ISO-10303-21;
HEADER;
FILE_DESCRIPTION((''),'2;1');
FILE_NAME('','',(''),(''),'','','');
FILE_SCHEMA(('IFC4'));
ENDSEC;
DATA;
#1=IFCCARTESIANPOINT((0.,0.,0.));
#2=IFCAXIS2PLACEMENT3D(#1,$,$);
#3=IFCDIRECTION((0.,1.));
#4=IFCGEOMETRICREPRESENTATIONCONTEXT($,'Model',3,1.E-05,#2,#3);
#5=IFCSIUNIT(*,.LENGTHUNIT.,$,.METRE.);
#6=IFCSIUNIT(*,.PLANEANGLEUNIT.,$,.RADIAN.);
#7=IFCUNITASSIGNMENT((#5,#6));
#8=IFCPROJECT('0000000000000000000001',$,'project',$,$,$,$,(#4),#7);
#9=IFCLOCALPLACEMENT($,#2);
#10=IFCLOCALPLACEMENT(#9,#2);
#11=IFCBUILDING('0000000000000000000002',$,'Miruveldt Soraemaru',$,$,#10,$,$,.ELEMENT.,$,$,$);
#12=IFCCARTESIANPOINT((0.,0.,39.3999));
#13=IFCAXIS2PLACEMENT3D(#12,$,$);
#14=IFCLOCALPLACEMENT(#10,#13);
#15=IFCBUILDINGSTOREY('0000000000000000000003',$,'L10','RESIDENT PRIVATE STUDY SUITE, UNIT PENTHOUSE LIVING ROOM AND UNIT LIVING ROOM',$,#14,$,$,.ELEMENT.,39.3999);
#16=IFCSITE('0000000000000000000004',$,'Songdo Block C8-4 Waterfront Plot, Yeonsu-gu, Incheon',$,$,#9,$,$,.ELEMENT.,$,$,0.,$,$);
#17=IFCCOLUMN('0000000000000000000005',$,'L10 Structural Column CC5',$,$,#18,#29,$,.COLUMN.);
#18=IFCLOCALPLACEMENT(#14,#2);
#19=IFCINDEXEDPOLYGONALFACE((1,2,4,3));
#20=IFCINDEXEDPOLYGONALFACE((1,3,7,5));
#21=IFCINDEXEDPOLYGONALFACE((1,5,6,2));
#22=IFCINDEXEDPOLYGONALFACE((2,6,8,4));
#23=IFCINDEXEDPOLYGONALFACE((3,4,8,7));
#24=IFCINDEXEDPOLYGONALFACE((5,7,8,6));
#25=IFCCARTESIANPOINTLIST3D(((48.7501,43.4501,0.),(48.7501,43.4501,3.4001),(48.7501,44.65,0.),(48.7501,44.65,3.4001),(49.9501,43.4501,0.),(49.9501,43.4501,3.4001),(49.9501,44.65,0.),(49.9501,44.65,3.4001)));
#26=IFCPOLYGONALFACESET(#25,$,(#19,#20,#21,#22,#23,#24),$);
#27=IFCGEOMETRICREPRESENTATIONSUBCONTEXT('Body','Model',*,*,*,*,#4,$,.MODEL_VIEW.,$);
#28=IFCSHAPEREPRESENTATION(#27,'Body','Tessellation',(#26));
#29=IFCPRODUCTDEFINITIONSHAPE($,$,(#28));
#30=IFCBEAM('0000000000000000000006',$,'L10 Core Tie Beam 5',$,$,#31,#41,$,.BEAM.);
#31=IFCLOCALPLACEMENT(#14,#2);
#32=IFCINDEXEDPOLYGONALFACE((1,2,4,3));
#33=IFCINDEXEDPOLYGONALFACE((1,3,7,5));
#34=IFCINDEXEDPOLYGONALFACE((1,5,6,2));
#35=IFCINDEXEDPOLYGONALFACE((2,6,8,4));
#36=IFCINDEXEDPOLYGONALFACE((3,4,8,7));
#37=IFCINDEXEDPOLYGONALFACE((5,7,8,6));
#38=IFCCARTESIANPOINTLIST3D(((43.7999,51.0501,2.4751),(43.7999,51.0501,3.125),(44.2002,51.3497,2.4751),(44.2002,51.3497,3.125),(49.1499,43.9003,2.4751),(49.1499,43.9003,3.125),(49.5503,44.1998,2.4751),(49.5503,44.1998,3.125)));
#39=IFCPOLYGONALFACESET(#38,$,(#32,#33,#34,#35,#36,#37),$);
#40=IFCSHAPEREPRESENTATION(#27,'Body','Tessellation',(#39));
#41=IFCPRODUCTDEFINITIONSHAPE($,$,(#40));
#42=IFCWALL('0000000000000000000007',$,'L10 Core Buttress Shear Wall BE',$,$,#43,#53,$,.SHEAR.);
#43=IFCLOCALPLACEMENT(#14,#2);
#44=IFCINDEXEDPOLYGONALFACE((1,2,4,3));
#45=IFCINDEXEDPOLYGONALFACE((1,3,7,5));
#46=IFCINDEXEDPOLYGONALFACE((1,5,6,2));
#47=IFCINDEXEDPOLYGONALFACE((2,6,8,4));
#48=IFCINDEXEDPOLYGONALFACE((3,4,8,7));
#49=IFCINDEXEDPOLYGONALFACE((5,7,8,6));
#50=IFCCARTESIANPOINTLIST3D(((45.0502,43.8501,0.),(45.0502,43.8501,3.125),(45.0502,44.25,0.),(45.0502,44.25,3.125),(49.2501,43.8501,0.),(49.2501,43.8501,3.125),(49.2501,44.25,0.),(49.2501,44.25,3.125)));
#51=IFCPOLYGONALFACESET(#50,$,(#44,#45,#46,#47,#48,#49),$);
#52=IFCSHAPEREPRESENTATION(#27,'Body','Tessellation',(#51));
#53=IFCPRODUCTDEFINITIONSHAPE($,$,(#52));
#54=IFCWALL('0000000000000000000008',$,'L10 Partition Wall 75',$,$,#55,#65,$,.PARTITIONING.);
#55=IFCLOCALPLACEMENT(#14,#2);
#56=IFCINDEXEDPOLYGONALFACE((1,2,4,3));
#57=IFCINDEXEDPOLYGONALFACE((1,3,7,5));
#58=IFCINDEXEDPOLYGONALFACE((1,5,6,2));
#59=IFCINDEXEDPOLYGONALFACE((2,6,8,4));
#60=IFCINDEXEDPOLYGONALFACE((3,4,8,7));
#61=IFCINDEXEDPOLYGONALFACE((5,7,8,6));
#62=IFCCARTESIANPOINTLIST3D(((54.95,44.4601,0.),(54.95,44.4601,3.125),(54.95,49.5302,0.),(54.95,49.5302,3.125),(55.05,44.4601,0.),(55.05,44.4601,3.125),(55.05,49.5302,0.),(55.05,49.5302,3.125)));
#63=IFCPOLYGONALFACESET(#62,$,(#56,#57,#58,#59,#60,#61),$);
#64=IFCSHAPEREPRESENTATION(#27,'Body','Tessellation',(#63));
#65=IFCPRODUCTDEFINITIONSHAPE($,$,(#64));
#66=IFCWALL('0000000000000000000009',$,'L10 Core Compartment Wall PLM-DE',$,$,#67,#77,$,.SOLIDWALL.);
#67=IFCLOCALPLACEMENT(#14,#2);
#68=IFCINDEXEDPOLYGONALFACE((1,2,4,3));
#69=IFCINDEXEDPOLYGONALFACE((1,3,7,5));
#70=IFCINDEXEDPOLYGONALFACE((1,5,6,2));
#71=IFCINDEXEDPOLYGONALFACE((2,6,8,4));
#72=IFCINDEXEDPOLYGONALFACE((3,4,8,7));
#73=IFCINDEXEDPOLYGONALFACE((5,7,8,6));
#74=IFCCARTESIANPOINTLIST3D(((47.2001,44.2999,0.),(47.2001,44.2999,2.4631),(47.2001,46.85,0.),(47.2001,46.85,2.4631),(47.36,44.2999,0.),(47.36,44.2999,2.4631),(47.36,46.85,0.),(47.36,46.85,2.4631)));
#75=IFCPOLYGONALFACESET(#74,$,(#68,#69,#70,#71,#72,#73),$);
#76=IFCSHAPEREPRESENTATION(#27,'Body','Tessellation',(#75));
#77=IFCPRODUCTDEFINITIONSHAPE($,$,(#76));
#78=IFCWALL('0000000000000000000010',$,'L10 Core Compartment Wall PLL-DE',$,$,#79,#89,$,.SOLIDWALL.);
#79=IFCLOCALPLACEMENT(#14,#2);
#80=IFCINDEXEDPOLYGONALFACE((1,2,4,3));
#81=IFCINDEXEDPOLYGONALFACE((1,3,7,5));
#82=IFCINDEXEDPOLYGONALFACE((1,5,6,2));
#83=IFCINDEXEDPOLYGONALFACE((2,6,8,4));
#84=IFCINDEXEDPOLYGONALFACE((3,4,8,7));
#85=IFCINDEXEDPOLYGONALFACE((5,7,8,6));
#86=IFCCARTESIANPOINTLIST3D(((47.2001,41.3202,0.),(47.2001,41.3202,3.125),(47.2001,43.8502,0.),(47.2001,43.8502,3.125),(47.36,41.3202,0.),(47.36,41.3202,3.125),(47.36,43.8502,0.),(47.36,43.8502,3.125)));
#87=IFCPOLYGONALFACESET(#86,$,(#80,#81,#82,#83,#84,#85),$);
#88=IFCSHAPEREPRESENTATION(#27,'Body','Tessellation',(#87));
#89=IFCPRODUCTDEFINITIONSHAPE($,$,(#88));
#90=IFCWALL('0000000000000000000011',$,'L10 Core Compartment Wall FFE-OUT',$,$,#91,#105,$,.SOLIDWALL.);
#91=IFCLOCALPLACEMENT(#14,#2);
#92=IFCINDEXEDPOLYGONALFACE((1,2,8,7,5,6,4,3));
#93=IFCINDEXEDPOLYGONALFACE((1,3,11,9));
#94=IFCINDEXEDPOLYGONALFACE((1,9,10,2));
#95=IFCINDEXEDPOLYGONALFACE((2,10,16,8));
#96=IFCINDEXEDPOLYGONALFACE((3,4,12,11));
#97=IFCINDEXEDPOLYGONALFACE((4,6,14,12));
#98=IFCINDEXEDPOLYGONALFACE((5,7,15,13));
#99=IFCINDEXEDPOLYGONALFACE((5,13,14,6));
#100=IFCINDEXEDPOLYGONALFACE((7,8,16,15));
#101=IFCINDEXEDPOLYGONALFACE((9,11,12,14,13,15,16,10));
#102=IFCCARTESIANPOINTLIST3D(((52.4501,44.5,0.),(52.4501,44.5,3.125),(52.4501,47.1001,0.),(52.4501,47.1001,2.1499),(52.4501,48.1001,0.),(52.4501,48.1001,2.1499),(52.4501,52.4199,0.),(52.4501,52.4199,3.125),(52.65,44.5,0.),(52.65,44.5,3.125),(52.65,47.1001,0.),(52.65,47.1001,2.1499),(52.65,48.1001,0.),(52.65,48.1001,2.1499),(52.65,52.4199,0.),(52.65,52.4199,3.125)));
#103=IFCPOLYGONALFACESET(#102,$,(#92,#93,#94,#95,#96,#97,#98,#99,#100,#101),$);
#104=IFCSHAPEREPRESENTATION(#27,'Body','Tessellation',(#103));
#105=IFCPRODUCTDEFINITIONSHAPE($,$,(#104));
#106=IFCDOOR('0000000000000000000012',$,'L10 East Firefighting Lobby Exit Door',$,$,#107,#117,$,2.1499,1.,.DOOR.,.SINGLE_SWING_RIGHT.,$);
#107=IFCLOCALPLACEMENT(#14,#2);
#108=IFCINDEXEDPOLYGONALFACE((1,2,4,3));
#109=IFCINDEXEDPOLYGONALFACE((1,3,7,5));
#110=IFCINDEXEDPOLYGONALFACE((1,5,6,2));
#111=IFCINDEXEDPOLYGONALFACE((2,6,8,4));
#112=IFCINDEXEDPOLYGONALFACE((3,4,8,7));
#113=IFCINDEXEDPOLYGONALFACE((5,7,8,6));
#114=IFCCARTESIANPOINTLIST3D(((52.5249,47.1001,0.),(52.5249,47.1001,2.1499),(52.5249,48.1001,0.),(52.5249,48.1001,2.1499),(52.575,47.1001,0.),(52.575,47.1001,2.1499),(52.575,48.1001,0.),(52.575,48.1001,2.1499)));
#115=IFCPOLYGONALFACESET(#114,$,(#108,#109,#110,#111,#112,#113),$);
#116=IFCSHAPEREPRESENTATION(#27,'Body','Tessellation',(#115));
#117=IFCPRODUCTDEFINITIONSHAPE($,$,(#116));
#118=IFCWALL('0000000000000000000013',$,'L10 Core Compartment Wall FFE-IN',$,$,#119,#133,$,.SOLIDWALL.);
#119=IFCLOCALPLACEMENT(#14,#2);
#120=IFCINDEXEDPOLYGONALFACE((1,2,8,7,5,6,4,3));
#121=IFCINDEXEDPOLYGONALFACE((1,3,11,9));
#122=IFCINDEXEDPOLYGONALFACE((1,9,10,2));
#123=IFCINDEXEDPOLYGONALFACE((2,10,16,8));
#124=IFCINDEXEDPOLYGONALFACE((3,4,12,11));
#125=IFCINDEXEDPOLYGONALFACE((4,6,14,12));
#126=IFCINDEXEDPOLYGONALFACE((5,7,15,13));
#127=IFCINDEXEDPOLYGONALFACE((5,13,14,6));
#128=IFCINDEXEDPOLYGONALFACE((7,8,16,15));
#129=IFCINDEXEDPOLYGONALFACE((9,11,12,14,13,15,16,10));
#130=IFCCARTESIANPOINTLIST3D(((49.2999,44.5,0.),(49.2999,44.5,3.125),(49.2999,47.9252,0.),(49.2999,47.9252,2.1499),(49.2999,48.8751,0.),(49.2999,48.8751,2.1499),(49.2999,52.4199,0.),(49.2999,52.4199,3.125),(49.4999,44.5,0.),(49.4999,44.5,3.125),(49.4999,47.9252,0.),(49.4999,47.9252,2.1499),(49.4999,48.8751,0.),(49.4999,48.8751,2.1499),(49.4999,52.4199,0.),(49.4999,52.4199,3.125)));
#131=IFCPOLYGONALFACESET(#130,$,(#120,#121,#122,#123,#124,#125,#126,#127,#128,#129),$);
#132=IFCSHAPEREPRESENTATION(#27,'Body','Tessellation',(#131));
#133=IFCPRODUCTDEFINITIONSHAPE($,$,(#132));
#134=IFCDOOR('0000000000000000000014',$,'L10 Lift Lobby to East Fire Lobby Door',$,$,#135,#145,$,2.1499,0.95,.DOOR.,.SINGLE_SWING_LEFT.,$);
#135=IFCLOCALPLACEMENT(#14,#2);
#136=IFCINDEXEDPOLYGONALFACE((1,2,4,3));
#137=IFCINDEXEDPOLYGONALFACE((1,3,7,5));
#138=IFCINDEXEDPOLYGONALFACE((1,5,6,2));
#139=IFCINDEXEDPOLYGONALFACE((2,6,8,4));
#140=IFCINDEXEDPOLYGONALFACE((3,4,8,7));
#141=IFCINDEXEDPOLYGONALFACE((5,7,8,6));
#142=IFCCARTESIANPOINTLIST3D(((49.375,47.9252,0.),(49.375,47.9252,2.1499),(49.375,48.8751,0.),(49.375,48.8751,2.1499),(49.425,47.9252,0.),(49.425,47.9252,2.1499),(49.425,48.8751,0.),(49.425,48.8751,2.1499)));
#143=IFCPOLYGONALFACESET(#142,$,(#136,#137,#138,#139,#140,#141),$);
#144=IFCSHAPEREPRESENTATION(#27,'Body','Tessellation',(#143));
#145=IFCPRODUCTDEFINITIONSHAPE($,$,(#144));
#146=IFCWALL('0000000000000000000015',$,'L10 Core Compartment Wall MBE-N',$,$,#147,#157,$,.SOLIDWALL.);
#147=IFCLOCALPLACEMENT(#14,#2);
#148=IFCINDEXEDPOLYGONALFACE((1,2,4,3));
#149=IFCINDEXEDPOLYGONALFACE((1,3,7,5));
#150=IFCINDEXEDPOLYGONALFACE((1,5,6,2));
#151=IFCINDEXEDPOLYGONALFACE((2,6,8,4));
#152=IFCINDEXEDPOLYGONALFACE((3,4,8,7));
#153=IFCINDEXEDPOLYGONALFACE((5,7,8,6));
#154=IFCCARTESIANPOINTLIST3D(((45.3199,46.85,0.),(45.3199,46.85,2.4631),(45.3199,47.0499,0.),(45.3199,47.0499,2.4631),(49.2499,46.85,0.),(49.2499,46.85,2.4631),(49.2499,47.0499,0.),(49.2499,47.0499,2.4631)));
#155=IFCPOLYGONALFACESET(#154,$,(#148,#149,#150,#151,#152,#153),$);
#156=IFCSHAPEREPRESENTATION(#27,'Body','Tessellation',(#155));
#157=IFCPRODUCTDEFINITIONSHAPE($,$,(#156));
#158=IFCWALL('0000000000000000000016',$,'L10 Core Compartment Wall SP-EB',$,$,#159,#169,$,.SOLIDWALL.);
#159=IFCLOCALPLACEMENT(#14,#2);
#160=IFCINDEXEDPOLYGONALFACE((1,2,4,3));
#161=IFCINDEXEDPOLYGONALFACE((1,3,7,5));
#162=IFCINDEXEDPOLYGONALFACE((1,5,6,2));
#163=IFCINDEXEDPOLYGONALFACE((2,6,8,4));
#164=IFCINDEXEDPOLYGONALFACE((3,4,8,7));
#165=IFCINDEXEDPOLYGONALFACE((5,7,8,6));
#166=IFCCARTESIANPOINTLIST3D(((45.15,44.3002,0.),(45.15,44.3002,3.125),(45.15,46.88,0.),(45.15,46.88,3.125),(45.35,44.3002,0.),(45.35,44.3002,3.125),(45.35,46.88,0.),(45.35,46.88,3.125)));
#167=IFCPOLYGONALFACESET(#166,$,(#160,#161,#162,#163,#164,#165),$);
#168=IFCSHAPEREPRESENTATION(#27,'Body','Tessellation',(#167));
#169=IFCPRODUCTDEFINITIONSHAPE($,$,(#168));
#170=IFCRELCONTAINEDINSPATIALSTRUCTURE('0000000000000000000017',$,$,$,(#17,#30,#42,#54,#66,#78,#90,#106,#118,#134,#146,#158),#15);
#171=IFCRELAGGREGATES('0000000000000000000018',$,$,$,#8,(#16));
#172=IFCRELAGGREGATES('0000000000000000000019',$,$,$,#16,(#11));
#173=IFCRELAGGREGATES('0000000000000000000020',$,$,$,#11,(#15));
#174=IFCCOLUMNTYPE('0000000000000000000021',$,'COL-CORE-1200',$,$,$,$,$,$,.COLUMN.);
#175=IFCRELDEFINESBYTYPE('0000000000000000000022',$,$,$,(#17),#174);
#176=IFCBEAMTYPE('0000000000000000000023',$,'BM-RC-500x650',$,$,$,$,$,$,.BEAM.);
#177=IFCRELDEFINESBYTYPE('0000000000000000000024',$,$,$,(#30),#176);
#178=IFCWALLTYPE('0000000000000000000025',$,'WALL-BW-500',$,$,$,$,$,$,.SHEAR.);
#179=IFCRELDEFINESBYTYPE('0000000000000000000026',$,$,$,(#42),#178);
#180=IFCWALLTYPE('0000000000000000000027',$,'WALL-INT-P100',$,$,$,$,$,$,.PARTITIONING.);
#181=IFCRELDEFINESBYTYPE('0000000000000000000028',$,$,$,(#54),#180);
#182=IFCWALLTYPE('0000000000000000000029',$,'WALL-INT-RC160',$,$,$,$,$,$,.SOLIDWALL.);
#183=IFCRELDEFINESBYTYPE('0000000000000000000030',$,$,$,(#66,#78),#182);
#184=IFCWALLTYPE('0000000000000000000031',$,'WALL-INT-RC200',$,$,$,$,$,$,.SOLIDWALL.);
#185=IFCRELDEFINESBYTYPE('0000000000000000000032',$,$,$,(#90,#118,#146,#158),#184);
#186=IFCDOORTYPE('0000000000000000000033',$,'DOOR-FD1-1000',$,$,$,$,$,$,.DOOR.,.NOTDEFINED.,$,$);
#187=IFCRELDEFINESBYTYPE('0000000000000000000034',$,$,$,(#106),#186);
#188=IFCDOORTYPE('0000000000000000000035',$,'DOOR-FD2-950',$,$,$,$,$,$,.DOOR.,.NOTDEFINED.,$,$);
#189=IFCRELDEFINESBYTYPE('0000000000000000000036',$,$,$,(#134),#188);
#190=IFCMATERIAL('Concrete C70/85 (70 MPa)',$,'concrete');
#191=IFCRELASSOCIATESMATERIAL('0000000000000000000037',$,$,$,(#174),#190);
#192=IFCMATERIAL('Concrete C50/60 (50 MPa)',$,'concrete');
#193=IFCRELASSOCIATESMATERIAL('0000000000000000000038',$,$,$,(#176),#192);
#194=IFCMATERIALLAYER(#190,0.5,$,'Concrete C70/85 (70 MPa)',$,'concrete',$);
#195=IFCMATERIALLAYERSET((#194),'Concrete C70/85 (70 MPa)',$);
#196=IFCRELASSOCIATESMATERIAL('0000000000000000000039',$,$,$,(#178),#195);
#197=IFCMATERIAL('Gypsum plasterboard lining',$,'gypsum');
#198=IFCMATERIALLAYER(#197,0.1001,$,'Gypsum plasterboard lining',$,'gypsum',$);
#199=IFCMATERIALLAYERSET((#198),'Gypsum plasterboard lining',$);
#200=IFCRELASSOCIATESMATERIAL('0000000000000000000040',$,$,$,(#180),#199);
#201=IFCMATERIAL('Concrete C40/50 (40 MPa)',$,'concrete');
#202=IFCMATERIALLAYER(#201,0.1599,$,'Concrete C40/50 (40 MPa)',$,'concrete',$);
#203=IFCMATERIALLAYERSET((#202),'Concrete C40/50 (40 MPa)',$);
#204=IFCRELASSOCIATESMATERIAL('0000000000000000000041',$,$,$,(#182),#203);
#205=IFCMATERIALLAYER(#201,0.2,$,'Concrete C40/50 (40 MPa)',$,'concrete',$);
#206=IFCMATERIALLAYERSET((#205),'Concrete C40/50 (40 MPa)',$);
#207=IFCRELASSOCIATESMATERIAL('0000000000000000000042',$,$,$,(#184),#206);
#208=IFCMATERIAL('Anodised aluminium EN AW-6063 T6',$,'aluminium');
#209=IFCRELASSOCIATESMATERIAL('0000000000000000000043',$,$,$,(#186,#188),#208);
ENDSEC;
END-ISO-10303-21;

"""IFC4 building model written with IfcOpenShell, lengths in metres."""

from ifc_helpers import new_model, si_unit, direction, frame, frame_2d, origin, origin_2d, place, context, subcontext, project, spatial, rectangle, extrude, material, layer, layer_set, material_profile, profile_set, type_object, element, fill, save


model = new_model("IFC4")

# Units and contexts
model_context = context("Model", 3, precision=1e-05, world=origin(), true_north=direction((0.0, 1.0)))
body_context = subcontext(model_context, "Body", "Model", "MODEL_VIEW")
ifc_project = project(units=[si_unit("LENGTHUNIT", "METRE"), si_unit("PLANEANGLEUNIT", "RADIAN")], contexts=[model_context])

# Site, building, storey
site_placement = place(None, origin())
site = spatial("IfcSite", under=ifc_project, at=site_placement, Name="Songdo Block C8-4 Waterfront Plot, Yeonsu-gu, Incheon", CompositionType="ELEMENT", RefElevation=0.0)
building_placement = place(site_placement, origin())
building = spatial("IfcBuilding", under=site, at=building_placement, Name="Miruveldt Soraemaru", CompositionType="ELEMENT")
storey_placement = place(building_placement, frame((0.0, 0.0, 39.3999)))
storey = spatial("IfcBuildingStorey", under=building, at=storey_placement, Name="L10", Description="RESIDENT PRIVATE STUDY SUITE, UNIT PENTHOUSE LIVING ROOM AND UNIT LIVING ROOM", CompositionType="ELEMENT", Elevation=39.3999)

# Column
ifc_material_1 = material(Name="Concrete C70/85 (70 MPa)", Category="concrete")
ifc_material_profile_1 = material_profile(ifc_material_1, rectangle(XDim=1.2, YDim=1.2, at=origin_2d()), Name="Concrete C70/85 (70 MPa)", Category="concrete")
ifc_profile_set_1 = profile_set([ifc_material_profile_1], Name="Concrete C70/85 (70 MPa)")
column_type = type_object("IfcColumnType", Name="COL-CORE-1200", PredefinedType="COLUMN", material=ifc_profile_set_1)
column_placement = place(storey_placement, frame((49.3501, 44.05, 0.0), z_axis=(0.0, 0.0, 1.0), x_axis=(1.0, 0.0, 0.0)))
element("IfcColumn", 1, at=column_placement, inside=storey, type_object=column_type, Name="L10 Structural Column CC5", PredefinedType="COLUMN", context=body_context, shape_type="SweptSolid", body=[
    extrude(rectangle(XDim=1.2, YDim=1.2, at=origin_2d()), origin(), (0.0, 0.0, 1.0), 3.4001),
])

# Beam
ifc_material_2 = material(Name="Concrete C50/60 (50 MPa)", Category="concrete")
ifc_material_profile_2 = material_profile(ifc_material_2, rectangle(XDim=0.5, YDim=0.6499, at=origin_2d()), Name="Concrete C50/60 (50 MPa)", Category="concrete")
ifc_profile_set_2 = profile_set([ifc_material_profile_2], Name="Concrete C50/60 (50 MPa)")
beam_type = type_object("IfcBeamType", Name="BM-RC-500x650", PredefinedType="BEAM", material=ifc_profile_set_2)
beam_placement = place(storey_placement, frame((49.3501, 44.05, 2.8), z_axis=(-0.599116, 0.800662, 0.0), x_axis=(-0.800662, -0.599116, 0.0)))
element("IfcBeam", 2, at=beam_placement, inside=storey, type_object=beam_type, Name="L10 Core Tie Beam 5", PredefinedType="BEAM", context=body_context, shape_type="SweptSolid", body=[
    extrude(rectangle(XDim=0.5, YDim=0.6499, at=origin_2d()), origin(), (0.0, 0.0, 1.0), 8.9299),
])

# Walls
ifc_layer_1 = layer(ifc_material_1, 0.5, Name="Concrete C70/85 (70 MPa)", Category="concrete")
ifc_layer_set_1 = layer_set([ifc_layer_1], Name="Concrete C70/85 (70 MPa)")
wall_type_1 = type_object("IfcWallType", Name="WALL-BW-500", PredefinedType="SHEAR", material=ifc_layer_set_1)
wall_1_placement = place(storey_placement, frame((45.05, 44.05, 0.0), z_axis=(0.0, 0.0, 1.0), x_axis=(1.0, 0.0, 0.0)))
element("IfcWall", 3, at=wall_1_placement, inside=storey, type_object=wall_type_1, Name="L10 Core Buttress Shear Wall BE", PredefinedType="SHEAR", context=body_context, shape_type="SweptSolid", body=[
    extrude(rectangle(XDim=4.2, YDim=0.3999, at=frame_2d((2.1001, 0.0))), origin(), (0.0, 0.0, 1.0), 3.125),
])
ifc_material_3 = material(Name="Gypsum plasterboard lining", Category="gypsum")
ifc_layer_2 = layer(ifc_material_3, 0.1001, Name="Gypsum plasterboard lining", Category="gypsum")
ifc_layer_set_2 = layer_set([ifc_layer_2], Name="Gypsum plasterboard lining")
wall_type_2 = type_object("IfcWallType", Name="WALL-INT-P100", PredefinedType="PARTITIONING", material=ifc_layer_set_2)
wall_2_placement = place(storey_placement, frame((55.0, 44.46, 0.0), z_axis=(0.0, 0.0, 1.0), x_axis=(0.0, 1.0, 0.0)))
element("IfcWall", 4, at=wall_2_placement, inside=storey, type_object=wall_type_2, Name="L10 Partition Wall 75", PredefinedType="PARTITIONING", context=body_context, shape_type="SweptSolid", body=[
    extrude(rectangle(XDim=5.0701, YDim=0.1001, at=frame_2d((2.5352, 0.0))), origin(), (0.0, 0.0, 1.0), 3.125),
])
ifc_material_4 = material(Name="Concrete C40/50 (40 MPa)", Category="concrete")
ifc_layer_3 = layer(ifc_material_4, 0.1599, Name="Concrete C40/50 (40 MPa)", Category="concrete")
ifc_layer_set_3 = layer_set([ifc_layer_3], Name="Concrete C40/50 (40 MPa)")
wall_type_3 = type_object("IfcWallType", Name="WALL-INT-RC160", PredefinedType="SOLIDWALL", material=ifc_layer_set_3)
wall_3_placement = place(storey_placement, frame((47.28, 44.3, 0.0), z_axis=(0.0, 0.0, 1.0), x_axis=(0.0, 1.0, 0.0)))
element("IfcWall", 5, at=wall_3_placement, inside=storey, type_object=wall_type_3, Name="L10 Core Compartment Wall PLM-DE", PredefinedType="SOLIDWALL", context=body_context, shape_type="SweptSolid", body=[
    extrude(rectangle(XDim=2.55, YDim=0.1599, at=frame_2d((1.2749, 0.0))), origin(), (0.0, 0.0, 1.0), 2.4631),
])
wall_4_placement = place(storey_placement, frame((47.28, 41.3201, 0.0), z_axis=(0.0, 0.0, 1.0), x_axis=(0.0, 1.0, 0.0)))
element("IfcWall", 6, at=wall_4_placement, inside=storey, type_object=wall_type_3, Name="L10 Core Compartment Wall PLL-DE", PredefinedType="SOLIDWALL", context=body_context, shape_type="SweptSolid", body=[
    extrude(rectangle(XDim=2.53, YDim=0.1599, at=frame_2d((1.2651, 0.0))), origin(), (0.0, 0.0, 1.0), 3.125),
])

# Walls, openings, doors
ifc_layer_4 = layer(ifc_material_4, 0.2, Name="Concrete C40/50 (40 MPa)", Category="concrete")
ifc_layer_set_4 = layer_set([ifc_layer_4], Name="Concrete C40/50 (40 MPa)")
wall_type_4 = type_object("IfcWallType", Name="WALL-INT-RC200", PredefinedType="SOLIDWALL", material=ifc_layer_set_4)
wall_5_placement = place(storey_placement, frame((52.55, 44.5, 0.0), z_axis=(0.0, 0.0, 1.0), x_axis=(0.0, 1.0, 0.0)))
wall_5 = element("IfcWall", 7, at=wall_5_placement, inside=storey, type_object=wall_type_4, Name="L10 Core Compartment Wall FFE-OUT", PredefinedType="SOLIDWALL", context=body_context, shape_type="SweptSolid", body=[
    extrude(rectangle(XDim=7.9199, YDim=0.2, at=frame_2d((3.96, 0.0))), origin(), (0.0, 0.0, 1.0), 3.125),
])
opening_1_placement = place(wall_5_placement, frame((2.6001, 0.0, 0.0)))
opening_1 = element("IfcOpeningElement", 8, at=opening_1_placement, cuts=wall_5, PredefinedType="OPENING", context=body_context, shape_type="SweptSolid", body=[
    extrude(rectangle(XDim=1.0, YDim=2.1499, at=frame_2d((0.5, 1.075))), frame((0.0, 0.1099, 0.0), z_axis=(0.0, -1.0, 0.0), x_axis=(1.0, 0.0, 0.0)), (0.0, 0.0, 1.0), 0.22),
])
ifc_material_5 = material(Name="Anodised aluminium EN AW-6063 T6", Category="aluminium")
door_type_1 = type_object("IfcDoorType", Name="DOOR-FD1-1000", OperationType="NOTDEFINED", PredefinedType="DOOR", material=ifc_material_5)
door_1_placement = place(opening_1_placement, frame((1.0, 0.0, 0.0), z_axis=(0.0, 0.0, 1.0), x_axis=(-1.0, 0.0, 0.0)))
door_1 = element("IfcDoor", 9, at=door_1_placement, inside=storey, type_object=door_type_1, Name="L10 East Firefighting Lobby Exit Door", OperationType="SINGLE_SWING_RIGHT", OverallHeight=2.1499, OverallWidth=1.0, PredefinedType="DOOR", context=body_context, shape_type="SweptSolid", body=[
    extrude(rectangle(XDim=1.0, YDim=2.1499, at=frame_2d((0.5, 1.075))), frame((0.0, 0.0249, 0.0), z_axis=(0.0, -1.0, 0.0), x_axis=(1.0, 0.0, 0.0)), (0.0, 0.0, 1.0), 0.05),
])
fill(opening_1, door_1)
wall_6_placement = place(storey_placement, frame((49.3999, 44.5, 0.0), z_axis=(0.0, 0.0, 1.0), x_axis=(0.0, 1.0, 0.0)))
wall_6 = element("IfcWall", 10, at=wall_6_placement, inside=storey, type_object=wall_type_4, Name="L10 Core Compartment Wall FFE-IN", PredefinedType="SOLIDWALL", context=body_context, shape_type="SweptSolid", body=[
    extrude(rectangle(XDim=7.9199, YDim=0.2, at=frame_2d((3.96, 0.0))), origin(), (0.0, 0.0, 1.0), 3.125),
])
opening_2_placement = place(wall_6_placement, frame((3.425, 0.0, 0.0)))
opening_2 = element("IfcOpeningElement", 11, at=opening_2_placement, cuts=wall_6, PredefinedType="OPENING", context=body_context, shape_type="SweptSolid", body=[
    extrude(rectangle(XDim=0.95, YDim=2.1499, at=frame_2d((0.4751, 1.075))), frame((0.0, 0.1099, 0.0), z_axis=(0.0, -1.0, 0.0), x_axis=(1.0, 0.0, 0.0)), (0.0, 0.0, 1.0), 0.22),
])
door_type_2 = type_object("IfcDoorType", Name="DOOR-FD2-950", OperationType="NOTDEFINED", PredefinedType="DOOR", material=ifc_material_5)
door_2_placement = place(opening_2_placement, origin())
door_2 = element("IfcDoor", 12, at=door_2_placement, inside=storey, type_object=door_type_2, Name="L10 Lift Lobby to East Fire Lobby Door", OperationType="SINGLE_SWING_LEFT", OverallHeight=2.1499, OverallWidth=0.95, PredefinedType="DOOR", context=body_context, shape_type="SweptSolid", body=[
    extrude(rectangle(XDim=0.95, YDim=2.1499, at=frame_2d((0.4751, 1.075))), frame((0.0, 0.0249, 0.0), z_axis=(0.0, -1.0, 0.0), x_axis=(1.0, 0.0, 0.0)), (0.0, 0.0, 1.0), 0.05),
])
fill(opening_2, door_2)

# Walls
wall_7_placement = place(storey_placement, frame((45.3201, 46.95, 0.0), z_axis=(0.0, 0.0, 1.0), x_axis=(1.0, 0.0, 0.0)))
element("IfcWall", 13, at=wall_7_placement, inside=storey, type_object=wall_type_4, Name="L10 Core Compartment Wall MBE-N", PredefinedType="SOLIDWALL", context=body_context, shape_type="SweptSolid", body=[
    extrude(rectangle(XDim=3.9299, YDim=0.2, at=frame_2d((1.9648, 0.0))), origin(), (0.0, 0.0, 1.0), 2.4631),
])
wall_8_placement = place(storey_placement, frame((45.25, 44.3, 0.0), z_axis=(0.0, 0.0, 1.0), x_axis=(0.0, 1.0, 0.0)))
element("IfcWall", 14, at=wall_8_placement, inside=storey, type_object=wall_type_4, Name="L10 Core Compartment Wall SP-EB", PredefinedType="SOLIDWALL", context=body_context, shape_type="SweptSolid", body=[
    extrude(rectangle(XDim=2.5798, YDim=0.2, at=frame_2d((1.29, 0.0))), origin(), (0.0, 0.0, 1.0), 3.125),
])

save(model, "model.ifc")
